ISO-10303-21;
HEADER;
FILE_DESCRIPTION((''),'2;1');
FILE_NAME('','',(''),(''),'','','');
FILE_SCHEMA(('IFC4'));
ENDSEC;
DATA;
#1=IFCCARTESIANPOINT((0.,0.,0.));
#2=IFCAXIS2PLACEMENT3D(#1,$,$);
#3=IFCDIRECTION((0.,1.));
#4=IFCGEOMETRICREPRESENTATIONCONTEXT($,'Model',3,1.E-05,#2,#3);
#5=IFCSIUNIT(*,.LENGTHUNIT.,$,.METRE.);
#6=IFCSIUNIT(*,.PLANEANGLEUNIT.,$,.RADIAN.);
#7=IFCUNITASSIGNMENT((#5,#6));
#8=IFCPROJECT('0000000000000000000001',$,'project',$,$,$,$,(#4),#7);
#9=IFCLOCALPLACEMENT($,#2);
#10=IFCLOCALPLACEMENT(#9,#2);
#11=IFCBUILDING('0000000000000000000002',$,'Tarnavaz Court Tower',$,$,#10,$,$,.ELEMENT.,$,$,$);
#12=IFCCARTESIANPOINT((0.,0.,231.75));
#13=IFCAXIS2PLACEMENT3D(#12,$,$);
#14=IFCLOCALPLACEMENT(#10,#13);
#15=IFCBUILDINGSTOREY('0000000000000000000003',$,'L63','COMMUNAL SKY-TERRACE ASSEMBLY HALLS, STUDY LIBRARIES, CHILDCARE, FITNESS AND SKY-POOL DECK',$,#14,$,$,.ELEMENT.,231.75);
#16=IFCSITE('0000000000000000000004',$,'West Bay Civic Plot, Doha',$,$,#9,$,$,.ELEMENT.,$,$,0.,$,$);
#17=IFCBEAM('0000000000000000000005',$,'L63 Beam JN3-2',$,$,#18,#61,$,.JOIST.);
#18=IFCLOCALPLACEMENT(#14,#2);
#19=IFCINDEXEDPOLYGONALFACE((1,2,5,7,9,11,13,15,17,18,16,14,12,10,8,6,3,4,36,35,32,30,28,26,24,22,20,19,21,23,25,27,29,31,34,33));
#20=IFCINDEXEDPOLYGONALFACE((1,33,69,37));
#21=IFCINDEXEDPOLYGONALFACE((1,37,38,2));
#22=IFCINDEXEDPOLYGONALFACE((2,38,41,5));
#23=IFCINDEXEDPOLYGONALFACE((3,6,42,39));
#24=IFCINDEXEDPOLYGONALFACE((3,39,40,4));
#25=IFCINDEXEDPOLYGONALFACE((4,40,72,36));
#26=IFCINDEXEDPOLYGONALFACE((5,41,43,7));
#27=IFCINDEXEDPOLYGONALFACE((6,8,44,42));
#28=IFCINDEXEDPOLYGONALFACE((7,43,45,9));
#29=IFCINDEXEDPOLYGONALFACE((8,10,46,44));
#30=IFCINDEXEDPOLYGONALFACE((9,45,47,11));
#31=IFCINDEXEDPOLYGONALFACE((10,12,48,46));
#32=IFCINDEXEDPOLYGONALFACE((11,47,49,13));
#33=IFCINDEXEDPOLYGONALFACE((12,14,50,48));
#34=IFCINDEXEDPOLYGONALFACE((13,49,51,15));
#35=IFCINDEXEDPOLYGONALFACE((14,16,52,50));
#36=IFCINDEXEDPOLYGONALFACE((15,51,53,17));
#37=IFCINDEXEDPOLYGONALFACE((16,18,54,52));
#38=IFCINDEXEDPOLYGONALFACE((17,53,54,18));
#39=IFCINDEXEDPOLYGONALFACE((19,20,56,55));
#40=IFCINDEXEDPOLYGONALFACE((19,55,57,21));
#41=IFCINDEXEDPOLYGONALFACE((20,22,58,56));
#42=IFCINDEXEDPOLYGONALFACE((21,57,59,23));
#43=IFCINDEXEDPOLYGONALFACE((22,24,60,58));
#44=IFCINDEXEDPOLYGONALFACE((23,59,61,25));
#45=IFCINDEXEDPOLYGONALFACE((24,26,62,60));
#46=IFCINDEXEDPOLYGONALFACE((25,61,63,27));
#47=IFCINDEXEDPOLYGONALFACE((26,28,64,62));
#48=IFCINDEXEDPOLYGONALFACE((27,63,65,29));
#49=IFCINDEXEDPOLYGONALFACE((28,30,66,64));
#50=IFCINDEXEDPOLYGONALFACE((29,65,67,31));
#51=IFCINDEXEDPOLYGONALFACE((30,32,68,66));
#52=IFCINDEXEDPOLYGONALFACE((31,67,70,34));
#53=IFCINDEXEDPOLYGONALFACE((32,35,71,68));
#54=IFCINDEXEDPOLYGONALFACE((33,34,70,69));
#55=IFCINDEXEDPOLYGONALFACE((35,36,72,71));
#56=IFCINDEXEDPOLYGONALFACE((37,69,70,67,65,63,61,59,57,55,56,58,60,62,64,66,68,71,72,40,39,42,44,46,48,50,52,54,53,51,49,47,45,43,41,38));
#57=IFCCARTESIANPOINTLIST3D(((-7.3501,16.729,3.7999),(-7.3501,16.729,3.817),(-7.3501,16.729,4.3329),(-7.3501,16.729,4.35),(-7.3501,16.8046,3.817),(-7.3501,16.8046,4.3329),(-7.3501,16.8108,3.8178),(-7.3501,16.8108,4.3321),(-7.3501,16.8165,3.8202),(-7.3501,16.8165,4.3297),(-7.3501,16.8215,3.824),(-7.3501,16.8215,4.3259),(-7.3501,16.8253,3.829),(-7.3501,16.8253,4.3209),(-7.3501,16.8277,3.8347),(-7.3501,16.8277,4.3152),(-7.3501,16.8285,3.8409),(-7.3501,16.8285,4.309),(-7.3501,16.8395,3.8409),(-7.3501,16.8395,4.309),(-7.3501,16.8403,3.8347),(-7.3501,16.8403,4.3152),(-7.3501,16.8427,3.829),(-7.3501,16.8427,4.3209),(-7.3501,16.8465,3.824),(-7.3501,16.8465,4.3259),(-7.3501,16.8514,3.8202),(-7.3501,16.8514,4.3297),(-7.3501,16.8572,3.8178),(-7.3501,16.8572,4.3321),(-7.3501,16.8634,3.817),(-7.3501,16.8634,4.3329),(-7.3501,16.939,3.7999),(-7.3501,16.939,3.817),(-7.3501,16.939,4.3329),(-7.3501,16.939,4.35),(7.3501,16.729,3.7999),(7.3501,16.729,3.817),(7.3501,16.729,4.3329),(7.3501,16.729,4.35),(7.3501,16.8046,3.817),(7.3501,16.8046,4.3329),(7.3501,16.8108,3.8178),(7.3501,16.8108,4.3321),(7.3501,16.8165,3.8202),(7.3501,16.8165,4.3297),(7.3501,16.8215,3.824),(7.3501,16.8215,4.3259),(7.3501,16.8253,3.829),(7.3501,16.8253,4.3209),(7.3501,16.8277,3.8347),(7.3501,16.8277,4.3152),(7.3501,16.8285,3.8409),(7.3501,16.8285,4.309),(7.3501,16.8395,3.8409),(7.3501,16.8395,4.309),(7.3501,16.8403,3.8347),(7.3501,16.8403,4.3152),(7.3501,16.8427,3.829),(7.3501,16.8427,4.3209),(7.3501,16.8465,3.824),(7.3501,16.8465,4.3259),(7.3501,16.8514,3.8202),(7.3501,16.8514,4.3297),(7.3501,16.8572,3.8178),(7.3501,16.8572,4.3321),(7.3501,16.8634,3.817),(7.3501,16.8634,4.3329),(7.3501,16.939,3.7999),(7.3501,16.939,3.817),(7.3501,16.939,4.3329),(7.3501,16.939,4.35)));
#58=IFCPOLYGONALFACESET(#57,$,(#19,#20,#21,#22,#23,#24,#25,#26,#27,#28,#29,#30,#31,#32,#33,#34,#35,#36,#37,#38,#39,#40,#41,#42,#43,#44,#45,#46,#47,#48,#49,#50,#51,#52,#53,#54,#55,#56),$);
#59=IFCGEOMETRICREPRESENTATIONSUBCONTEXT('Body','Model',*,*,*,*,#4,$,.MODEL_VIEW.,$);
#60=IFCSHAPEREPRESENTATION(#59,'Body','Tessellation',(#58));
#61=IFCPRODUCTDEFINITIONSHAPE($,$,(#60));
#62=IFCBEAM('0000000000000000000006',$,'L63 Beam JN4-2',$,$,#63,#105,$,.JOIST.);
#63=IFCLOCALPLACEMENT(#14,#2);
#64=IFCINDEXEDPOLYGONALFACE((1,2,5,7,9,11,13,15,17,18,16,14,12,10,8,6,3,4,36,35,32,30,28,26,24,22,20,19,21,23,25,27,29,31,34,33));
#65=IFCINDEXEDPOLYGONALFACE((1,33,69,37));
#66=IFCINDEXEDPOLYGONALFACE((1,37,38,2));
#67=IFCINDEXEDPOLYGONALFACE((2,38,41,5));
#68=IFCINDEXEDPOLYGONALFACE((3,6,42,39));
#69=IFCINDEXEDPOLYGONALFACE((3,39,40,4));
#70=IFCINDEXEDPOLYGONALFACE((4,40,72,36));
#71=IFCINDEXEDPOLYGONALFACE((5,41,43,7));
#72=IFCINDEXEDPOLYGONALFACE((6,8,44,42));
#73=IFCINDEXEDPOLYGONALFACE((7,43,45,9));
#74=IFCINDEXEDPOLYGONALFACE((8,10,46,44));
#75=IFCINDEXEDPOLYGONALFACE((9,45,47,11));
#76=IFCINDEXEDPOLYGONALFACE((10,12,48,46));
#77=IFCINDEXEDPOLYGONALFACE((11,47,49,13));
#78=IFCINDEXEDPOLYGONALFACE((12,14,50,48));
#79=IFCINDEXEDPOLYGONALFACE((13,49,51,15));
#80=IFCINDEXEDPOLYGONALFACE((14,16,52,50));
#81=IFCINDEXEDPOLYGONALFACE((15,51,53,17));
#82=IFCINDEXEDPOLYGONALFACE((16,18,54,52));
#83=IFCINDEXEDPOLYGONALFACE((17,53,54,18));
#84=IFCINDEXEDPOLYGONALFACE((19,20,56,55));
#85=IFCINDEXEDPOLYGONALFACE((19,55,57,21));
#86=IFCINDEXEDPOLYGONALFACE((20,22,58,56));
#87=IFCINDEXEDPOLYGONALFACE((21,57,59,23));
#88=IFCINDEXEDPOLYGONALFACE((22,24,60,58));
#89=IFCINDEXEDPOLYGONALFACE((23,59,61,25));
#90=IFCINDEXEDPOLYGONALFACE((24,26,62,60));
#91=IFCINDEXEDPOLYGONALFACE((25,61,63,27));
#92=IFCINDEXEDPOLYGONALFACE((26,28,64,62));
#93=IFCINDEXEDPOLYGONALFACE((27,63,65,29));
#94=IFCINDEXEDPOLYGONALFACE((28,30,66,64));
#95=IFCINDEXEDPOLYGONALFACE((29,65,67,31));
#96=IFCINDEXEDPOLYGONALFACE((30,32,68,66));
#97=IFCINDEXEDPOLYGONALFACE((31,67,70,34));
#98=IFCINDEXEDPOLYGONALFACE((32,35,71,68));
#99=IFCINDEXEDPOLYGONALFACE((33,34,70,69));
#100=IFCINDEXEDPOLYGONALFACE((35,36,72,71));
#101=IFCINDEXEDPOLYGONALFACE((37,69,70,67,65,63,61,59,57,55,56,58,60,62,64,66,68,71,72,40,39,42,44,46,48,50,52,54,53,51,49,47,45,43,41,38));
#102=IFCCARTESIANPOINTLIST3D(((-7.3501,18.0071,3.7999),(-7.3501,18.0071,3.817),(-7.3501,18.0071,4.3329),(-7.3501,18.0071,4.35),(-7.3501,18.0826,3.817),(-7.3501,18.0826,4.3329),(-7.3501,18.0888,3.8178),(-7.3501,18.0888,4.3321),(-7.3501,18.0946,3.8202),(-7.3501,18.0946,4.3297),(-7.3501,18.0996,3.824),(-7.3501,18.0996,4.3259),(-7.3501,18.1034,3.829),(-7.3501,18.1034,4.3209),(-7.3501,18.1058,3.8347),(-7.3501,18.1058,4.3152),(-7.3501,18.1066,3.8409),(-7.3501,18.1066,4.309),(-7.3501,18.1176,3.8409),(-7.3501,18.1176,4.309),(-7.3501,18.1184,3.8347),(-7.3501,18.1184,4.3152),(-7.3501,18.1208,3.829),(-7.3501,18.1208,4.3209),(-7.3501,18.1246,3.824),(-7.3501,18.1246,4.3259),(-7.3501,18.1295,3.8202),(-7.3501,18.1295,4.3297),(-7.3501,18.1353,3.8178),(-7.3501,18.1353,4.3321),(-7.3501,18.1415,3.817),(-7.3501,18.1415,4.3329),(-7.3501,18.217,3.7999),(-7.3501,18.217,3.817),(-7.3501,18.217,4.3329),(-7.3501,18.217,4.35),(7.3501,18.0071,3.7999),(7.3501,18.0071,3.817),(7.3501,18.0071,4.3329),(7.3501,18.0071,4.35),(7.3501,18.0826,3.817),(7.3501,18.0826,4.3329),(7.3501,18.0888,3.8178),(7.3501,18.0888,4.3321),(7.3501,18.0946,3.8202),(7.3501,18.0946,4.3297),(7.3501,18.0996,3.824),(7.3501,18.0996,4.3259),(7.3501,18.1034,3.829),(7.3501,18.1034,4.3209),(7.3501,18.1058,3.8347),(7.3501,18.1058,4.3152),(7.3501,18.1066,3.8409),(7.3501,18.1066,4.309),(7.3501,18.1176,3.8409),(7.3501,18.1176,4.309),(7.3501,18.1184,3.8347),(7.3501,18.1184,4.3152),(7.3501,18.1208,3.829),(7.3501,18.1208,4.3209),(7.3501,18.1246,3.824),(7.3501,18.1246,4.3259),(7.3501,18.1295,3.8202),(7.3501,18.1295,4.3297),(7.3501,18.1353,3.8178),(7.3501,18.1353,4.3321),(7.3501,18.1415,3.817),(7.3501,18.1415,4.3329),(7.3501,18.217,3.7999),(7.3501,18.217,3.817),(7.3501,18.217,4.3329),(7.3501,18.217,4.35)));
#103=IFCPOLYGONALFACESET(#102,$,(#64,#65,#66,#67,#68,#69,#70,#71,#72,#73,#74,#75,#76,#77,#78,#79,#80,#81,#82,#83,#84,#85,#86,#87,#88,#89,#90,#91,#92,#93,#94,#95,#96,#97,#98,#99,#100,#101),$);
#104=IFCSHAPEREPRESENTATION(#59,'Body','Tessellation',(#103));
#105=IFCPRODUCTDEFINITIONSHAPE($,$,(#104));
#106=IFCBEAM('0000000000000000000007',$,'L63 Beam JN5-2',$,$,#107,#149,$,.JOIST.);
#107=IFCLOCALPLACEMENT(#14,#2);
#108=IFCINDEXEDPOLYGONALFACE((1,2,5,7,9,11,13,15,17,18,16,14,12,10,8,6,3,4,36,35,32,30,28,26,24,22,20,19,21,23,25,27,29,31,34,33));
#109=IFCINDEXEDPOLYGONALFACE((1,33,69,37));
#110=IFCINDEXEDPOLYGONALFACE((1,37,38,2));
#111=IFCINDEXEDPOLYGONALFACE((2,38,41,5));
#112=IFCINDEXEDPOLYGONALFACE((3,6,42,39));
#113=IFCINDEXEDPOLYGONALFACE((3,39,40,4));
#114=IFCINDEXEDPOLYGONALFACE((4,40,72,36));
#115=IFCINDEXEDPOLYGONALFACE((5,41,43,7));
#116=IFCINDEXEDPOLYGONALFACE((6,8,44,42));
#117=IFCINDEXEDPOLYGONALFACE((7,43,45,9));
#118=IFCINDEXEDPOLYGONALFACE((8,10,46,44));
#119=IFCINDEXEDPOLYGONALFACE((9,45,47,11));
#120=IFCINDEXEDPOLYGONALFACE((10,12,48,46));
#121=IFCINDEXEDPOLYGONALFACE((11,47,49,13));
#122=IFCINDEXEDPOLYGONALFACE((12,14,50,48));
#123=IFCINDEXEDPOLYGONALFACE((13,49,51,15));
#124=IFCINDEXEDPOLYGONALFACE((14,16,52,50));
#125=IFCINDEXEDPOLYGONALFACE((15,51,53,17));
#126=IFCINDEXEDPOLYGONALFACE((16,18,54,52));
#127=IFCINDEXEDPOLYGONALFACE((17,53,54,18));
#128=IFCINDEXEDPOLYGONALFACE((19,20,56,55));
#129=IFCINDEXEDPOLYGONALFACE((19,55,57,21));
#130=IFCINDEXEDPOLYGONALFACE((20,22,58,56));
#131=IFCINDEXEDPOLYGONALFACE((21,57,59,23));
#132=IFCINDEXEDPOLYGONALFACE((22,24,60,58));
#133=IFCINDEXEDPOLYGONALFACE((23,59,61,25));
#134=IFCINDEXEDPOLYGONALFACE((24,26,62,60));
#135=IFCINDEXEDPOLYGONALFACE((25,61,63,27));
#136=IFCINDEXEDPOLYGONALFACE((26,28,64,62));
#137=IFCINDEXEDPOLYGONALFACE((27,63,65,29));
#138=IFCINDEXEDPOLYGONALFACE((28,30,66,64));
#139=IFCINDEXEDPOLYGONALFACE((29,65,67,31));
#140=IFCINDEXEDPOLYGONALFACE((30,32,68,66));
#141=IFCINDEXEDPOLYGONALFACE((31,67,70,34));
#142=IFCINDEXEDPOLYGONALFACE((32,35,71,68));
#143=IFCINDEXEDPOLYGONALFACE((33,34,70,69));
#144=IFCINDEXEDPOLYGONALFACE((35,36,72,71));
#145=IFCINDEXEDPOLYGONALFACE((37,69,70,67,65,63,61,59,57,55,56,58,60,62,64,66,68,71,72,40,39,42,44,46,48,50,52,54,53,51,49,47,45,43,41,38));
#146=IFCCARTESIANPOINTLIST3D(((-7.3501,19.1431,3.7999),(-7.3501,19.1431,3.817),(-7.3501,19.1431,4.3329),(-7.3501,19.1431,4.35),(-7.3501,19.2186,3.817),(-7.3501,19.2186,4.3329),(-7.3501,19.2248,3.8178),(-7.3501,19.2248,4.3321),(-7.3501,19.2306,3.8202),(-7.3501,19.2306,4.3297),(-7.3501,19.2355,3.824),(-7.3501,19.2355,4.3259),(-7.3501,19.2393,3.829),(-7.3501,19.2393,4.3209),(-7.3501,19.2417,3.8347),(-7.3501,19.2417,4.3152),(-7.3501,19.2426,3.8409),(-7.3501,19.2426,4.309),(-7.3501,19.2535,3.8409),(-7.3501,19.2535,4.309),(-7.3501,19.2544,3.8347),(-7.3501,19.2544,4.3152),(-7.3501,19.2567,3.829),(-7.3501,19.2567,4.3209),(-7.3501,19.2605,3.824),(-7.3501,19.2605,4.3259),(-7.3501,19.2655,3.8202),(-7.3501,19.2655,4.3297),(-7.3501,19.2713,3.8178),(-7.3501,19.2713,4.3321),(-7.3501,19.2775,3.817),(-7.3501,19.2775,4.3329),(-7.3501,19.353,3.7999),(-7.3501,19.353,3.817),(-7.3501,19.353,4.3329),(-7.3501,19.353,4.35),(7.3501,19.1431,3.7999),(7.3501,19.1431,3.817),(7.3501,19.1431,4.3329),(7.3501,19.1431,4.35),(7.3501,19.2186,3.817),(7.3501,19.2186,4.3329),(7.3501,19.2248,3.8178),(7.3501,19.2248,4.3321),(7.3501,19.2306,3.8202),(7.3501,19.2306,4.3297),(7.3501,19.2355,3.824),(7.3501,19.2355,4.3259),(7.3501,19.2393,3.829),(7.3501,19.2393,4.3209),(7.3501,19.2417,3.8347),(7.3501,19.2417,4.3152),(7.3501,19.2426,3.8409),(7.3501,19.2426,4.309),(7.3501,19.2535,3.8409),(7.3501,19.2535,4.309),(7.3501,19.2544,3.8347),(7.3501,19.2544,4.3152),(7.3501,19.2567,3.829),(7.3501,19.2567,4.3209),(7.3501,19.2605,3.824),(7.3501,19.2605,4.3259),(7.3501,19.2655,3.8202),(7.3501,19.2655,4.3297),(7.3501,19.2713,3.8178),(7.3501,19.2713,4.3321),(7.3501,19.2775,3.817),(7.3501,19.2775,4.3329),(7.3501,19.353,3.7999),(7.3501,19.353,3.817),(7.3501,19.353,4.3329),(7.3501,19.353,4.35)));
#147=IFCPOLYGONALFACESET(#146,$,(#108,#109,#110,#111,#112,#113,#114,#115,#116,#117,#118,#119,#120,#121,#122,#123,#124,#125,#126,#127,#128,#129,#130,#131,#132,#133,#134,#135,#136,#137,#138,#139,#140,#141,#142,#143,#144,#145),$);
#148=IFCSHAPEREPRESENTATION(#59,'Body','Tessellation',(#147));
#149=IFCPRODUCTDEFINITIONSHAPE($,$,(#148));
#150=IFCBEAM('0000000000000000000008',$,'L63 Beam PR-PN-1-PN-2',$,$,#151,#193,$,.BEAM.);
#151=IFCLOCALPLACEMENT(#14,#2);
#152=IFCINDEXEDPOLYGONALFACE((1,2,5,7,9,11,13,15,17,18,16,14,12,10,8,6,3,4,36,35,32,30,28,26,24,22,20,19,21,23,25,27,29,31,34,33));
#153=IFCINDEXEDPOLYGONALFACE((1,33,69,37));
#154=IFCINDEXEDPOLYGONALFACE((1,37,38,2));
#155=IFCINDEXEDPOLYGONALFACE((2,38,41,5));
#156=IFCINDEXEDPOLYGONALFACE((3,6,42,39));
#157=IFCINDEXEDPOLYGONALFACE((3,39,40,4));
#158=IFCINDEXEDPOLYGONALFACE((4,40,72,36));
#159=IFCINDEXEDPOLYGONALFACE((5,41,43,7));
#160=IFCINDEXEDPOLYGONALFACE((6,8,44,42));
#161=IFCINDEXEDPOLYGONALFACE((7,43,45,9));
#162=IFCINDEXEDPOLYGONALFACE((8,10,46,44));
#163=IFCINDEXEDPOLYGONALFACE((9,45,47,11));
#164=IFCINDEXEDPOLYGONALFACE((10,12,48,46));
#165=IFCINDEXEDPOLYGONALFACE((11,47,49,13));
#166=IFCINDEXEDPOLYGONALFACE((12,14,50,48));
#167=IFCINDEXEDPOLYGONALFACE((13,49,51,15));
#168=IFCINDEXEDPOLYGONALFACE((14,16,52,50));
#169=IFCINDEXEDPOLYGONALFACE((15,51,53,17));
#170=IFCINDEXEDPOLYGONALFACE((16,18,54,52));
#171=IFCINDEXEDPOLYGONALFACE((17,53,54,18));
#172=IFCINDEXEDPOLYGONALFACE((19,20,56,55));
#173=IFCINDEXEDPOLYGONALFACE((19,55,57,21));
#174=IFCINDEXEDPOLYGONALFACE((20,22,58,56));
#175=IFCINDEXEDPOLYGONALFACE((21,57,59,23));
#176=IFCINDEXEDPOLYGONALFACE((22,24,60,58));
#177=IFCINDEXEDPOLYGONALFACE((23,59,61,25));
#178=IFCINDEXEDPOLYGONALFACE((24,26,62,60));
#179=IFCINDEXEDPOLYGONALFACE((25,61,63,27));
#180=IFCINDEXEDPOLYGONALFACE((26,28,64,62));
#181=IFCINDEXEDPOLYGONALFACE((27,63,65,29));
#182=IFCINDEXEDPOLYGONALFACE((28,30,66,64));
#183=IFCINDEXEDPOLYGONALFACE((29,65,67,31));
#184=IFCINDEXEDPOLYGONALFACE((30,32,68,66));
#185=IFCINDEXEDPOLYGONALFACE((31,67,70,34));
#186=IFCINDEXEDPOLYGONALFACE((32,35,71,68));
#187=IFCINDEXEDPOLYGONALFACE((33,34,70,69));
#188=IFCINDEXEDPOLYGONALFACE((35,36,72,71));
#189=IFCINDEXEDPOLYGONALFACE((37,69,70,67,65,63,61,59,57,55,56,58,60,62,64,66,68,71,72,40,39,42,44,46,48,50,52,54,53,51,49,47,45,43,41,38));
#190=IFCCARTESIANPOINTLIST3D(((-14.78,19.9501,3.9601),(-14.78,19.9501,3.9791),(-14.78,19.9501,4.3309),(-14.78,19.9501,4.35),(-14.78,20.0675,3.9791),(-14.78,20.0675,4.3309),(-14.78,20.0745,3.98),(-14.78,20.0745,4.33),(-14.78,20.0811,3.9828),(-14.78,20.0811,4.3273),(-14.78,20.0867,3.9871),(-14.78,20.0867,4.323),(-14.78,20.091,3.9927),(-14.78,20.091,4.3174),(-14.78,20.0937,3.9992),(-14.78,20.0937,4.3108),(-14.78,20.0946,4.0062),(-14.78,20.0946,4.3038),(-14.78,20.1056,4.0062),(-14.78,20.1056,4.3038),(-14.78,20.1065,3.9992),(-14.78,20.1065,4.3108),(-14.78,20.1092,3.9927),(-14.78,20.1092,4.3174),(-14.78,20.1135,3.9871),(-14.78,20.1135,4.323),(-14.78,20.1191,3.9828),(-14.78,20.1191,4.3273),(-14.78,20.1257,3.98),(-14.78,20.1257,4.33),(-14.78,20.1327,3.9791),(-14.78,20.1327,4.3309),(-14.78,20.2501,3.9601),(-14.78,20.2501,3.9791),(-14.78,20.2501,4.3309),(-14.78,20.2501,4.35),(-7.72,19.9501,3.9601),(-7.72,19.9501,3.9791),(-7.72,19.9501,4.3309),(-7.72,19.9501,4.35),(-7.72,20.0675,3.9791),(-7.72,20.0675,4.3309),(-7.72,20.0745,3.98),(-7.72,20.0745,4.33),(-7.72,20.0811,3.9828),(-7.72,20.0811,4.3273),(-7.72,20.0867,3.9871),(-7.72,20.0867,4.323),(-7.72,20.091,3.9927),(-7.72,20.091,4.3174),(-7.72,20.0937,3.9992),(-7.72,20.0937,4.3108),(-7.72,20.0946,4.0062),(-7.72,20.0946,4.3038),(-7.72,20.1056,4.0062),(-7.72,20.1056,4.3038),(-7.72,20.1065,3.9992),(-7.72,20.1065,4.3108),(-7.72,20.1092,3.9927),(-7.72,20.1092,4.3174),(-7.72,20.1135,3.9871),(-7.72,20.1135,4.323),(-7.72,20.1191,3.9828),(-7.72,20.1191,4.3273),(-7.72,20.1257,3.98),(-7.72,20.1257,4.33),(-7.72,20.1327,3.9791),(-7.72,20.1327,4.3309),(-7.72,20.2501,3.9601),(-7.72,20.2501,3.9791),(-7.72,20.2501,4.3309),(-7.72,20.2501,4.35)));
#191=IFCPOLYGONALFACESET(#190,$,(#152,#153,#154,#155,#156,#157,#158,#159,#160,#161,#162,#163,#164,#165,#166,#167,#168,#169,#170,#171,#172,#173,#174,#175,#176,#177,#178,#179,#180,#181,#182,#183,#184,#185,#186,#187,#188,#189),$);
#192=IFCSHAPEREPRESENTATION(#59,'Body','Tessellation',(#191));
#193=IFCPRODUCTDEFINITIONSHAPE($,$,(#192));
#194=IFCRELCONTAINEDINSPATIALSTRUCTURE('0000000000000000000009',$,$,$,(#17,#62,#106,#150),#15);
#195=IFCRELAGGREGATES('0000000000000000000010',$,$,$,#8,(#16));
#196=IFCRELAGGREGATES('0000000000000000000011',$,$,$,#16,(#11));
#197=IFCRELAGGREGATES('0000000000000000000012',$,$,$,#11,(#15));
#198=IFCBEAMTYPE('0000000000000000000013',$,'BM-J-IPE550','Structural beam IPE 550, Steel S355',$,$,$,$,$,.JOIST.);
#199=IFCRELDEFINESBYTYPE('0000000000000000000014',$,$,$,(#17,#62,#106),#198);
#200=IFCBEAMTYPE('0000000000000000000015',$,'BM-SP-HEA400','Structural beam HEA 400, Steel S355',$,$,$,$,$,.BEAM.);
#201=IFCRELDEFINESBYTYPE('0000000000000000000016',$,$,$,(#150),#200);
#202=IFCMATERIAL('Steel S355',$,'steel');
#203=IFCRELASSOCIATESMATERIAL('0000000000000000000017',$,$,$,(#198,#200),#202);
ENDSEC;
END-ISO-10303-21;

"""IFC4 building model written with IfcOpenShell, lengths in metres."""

from ifc_helpers import new_model, si_unit, direction, frame, origin, origin_2d, place, context, subcontext, project, spatial, i_section, extrude, material, material_profile, profile_set, type_object, element, save


model = new_model("IFC4")

# Units and contexts
model_context = context("Model", 3, precision=1e-05, world=origin(), true_north=direction((0.0, 1.0)))
body_context = subcontext(model_context, "Body", "Model", "MODEL_VIEW")
ifc_project = project(units=[si_unit("LENGTHUNIT", "METRE"), si_unit("PLANEANGLEUNIT", "RADIAN")], contexts=[model_context])

# Site, building, storey
site_placement = place(None, origin())
site = spatial("IfcSite", under=ifc_project, at=site_placement, Name="West Bay Civic Plot, Doha", CompositionType="ELEMENT", RefElevation=0.0)
building_placement = place(site_placement, origin())
building = spatial("IfcBuilding", under=site, at=building_placement, Name="Tarnavaz Court Tower", CompositionType="ELEMENT")
storey_placement = place(building_placement, frame((0.0, 0.0, 231.75)))
storey = spatial("IfcBuildingStorey", under=building, at=storey_placement, Name="L63", Description="COMMUNAL SKY-TERRACE ASSEMBLY HALLS, STUDY LIBRARIES, CHILDCARE, FITNESS AND SKY-POOL DECK", CompositionType="ELEMENT", Elevation=231.75)

# Beams
ifc_material_1 = material(Name="Steel S355", Category="steel")
ifc_material_profile_1 = material_profile(ifc_material_1, i_section(OverallWidth=0.21, OverallDepth=0.55, WebThickness=0.011, FlangeThickness=0.0171, FilletRadius=0.0239, at=origin_2d()), Name="IPE 550")
ifc_profile_set_1 = profile_set([ifc_material_profile_1], Name="Steel S355")
beam_type_1 = type_object("IfcBeamType", Name="BM-J-IPE550", Description="Structural beam IPE 550, Steel S355", PredefinedType="JOIST", material=ifc_profile_set_1)
for number, where, z_axis, x_axis, name in (
    (1, (-7.3501, 16.834, 4.075), (1.0, 0.0, 0.0), (0.0, 1.0, 0.0), "L63 Beam JN3-2"),
    (2, (-7.3501, 18.1121, 4.075), (1.0, 0.0, 0.0), (0.0, 1.0, 0.0), "L63 Beam JN4-2"),
    (3, (-7.3501, 19.248, 4.075), (1.0, 0.0, 0.0), (0.0, 1.0, 0.0), "L63 Beam JN5-2"),
):
    element("IfcBeam", number, at=place(storey_placement, frame(where, z_axis=z_axis, x_axis=x_axis)), inside=storey, type_object=beam_type_1, Name=name, PredefinedType="JOIST", context=body_context, shape_type="SweptSolid", body=[
        extrude(i_section(OverallWidth=0.21, OverallDepth=0.55, WebThickness=0.011, FlangeThickness=0.0171, FilletRadius=0.0239, at=origin_2d()), origin(), (0.0, 0.0, 1.0), 14.7002),
    ])
ifc_material_profile_2 = material_profile(ifc_material_1, i_section(OverallWidth=0.3, OverallDepth=0.3899, WebThickness=0.011, FlangeThickness=0.019, FilletRadius=0.0271, at=origin_2d()), Name="HEA 400")
ifc_profile_set_2 = profile_set([ifc_material_profile_2], Name="Steel S355")
beam_type_2 = type_object("IfcBeamType", Name="BM-SP-HEA400", Description="Structural beam HEA 400, Steel S355", PredefinedType="BEAM", material=ifc_profile_set_2)
beam_1_placement = place(storey_placement, frame((-14.78, 20.1001, 4.155), z_axis=(1.0, 0.0, 0.0), x_axis=(0.0, 1.0, 0.0)))
element("IfcBeam", 4, at=beam_1_placement, inside=storey, type_object=beam_type_2, Name="L63 Beam PR-PN-1-PN-2", PredefinedType="BEAM", context=body_context, shape_type="SweptSolid", body=[
    extrude(i_section(OverallWidth=0.3, OverallDepth=0.3899, WebThickness=0.011, FlangeThickness=0.019, FilletRadius=0.0271, at=origin_2d()), origin(), (0.0, 0.0, 1.0), 7.0601),
])

save(model, "model.ifc")
